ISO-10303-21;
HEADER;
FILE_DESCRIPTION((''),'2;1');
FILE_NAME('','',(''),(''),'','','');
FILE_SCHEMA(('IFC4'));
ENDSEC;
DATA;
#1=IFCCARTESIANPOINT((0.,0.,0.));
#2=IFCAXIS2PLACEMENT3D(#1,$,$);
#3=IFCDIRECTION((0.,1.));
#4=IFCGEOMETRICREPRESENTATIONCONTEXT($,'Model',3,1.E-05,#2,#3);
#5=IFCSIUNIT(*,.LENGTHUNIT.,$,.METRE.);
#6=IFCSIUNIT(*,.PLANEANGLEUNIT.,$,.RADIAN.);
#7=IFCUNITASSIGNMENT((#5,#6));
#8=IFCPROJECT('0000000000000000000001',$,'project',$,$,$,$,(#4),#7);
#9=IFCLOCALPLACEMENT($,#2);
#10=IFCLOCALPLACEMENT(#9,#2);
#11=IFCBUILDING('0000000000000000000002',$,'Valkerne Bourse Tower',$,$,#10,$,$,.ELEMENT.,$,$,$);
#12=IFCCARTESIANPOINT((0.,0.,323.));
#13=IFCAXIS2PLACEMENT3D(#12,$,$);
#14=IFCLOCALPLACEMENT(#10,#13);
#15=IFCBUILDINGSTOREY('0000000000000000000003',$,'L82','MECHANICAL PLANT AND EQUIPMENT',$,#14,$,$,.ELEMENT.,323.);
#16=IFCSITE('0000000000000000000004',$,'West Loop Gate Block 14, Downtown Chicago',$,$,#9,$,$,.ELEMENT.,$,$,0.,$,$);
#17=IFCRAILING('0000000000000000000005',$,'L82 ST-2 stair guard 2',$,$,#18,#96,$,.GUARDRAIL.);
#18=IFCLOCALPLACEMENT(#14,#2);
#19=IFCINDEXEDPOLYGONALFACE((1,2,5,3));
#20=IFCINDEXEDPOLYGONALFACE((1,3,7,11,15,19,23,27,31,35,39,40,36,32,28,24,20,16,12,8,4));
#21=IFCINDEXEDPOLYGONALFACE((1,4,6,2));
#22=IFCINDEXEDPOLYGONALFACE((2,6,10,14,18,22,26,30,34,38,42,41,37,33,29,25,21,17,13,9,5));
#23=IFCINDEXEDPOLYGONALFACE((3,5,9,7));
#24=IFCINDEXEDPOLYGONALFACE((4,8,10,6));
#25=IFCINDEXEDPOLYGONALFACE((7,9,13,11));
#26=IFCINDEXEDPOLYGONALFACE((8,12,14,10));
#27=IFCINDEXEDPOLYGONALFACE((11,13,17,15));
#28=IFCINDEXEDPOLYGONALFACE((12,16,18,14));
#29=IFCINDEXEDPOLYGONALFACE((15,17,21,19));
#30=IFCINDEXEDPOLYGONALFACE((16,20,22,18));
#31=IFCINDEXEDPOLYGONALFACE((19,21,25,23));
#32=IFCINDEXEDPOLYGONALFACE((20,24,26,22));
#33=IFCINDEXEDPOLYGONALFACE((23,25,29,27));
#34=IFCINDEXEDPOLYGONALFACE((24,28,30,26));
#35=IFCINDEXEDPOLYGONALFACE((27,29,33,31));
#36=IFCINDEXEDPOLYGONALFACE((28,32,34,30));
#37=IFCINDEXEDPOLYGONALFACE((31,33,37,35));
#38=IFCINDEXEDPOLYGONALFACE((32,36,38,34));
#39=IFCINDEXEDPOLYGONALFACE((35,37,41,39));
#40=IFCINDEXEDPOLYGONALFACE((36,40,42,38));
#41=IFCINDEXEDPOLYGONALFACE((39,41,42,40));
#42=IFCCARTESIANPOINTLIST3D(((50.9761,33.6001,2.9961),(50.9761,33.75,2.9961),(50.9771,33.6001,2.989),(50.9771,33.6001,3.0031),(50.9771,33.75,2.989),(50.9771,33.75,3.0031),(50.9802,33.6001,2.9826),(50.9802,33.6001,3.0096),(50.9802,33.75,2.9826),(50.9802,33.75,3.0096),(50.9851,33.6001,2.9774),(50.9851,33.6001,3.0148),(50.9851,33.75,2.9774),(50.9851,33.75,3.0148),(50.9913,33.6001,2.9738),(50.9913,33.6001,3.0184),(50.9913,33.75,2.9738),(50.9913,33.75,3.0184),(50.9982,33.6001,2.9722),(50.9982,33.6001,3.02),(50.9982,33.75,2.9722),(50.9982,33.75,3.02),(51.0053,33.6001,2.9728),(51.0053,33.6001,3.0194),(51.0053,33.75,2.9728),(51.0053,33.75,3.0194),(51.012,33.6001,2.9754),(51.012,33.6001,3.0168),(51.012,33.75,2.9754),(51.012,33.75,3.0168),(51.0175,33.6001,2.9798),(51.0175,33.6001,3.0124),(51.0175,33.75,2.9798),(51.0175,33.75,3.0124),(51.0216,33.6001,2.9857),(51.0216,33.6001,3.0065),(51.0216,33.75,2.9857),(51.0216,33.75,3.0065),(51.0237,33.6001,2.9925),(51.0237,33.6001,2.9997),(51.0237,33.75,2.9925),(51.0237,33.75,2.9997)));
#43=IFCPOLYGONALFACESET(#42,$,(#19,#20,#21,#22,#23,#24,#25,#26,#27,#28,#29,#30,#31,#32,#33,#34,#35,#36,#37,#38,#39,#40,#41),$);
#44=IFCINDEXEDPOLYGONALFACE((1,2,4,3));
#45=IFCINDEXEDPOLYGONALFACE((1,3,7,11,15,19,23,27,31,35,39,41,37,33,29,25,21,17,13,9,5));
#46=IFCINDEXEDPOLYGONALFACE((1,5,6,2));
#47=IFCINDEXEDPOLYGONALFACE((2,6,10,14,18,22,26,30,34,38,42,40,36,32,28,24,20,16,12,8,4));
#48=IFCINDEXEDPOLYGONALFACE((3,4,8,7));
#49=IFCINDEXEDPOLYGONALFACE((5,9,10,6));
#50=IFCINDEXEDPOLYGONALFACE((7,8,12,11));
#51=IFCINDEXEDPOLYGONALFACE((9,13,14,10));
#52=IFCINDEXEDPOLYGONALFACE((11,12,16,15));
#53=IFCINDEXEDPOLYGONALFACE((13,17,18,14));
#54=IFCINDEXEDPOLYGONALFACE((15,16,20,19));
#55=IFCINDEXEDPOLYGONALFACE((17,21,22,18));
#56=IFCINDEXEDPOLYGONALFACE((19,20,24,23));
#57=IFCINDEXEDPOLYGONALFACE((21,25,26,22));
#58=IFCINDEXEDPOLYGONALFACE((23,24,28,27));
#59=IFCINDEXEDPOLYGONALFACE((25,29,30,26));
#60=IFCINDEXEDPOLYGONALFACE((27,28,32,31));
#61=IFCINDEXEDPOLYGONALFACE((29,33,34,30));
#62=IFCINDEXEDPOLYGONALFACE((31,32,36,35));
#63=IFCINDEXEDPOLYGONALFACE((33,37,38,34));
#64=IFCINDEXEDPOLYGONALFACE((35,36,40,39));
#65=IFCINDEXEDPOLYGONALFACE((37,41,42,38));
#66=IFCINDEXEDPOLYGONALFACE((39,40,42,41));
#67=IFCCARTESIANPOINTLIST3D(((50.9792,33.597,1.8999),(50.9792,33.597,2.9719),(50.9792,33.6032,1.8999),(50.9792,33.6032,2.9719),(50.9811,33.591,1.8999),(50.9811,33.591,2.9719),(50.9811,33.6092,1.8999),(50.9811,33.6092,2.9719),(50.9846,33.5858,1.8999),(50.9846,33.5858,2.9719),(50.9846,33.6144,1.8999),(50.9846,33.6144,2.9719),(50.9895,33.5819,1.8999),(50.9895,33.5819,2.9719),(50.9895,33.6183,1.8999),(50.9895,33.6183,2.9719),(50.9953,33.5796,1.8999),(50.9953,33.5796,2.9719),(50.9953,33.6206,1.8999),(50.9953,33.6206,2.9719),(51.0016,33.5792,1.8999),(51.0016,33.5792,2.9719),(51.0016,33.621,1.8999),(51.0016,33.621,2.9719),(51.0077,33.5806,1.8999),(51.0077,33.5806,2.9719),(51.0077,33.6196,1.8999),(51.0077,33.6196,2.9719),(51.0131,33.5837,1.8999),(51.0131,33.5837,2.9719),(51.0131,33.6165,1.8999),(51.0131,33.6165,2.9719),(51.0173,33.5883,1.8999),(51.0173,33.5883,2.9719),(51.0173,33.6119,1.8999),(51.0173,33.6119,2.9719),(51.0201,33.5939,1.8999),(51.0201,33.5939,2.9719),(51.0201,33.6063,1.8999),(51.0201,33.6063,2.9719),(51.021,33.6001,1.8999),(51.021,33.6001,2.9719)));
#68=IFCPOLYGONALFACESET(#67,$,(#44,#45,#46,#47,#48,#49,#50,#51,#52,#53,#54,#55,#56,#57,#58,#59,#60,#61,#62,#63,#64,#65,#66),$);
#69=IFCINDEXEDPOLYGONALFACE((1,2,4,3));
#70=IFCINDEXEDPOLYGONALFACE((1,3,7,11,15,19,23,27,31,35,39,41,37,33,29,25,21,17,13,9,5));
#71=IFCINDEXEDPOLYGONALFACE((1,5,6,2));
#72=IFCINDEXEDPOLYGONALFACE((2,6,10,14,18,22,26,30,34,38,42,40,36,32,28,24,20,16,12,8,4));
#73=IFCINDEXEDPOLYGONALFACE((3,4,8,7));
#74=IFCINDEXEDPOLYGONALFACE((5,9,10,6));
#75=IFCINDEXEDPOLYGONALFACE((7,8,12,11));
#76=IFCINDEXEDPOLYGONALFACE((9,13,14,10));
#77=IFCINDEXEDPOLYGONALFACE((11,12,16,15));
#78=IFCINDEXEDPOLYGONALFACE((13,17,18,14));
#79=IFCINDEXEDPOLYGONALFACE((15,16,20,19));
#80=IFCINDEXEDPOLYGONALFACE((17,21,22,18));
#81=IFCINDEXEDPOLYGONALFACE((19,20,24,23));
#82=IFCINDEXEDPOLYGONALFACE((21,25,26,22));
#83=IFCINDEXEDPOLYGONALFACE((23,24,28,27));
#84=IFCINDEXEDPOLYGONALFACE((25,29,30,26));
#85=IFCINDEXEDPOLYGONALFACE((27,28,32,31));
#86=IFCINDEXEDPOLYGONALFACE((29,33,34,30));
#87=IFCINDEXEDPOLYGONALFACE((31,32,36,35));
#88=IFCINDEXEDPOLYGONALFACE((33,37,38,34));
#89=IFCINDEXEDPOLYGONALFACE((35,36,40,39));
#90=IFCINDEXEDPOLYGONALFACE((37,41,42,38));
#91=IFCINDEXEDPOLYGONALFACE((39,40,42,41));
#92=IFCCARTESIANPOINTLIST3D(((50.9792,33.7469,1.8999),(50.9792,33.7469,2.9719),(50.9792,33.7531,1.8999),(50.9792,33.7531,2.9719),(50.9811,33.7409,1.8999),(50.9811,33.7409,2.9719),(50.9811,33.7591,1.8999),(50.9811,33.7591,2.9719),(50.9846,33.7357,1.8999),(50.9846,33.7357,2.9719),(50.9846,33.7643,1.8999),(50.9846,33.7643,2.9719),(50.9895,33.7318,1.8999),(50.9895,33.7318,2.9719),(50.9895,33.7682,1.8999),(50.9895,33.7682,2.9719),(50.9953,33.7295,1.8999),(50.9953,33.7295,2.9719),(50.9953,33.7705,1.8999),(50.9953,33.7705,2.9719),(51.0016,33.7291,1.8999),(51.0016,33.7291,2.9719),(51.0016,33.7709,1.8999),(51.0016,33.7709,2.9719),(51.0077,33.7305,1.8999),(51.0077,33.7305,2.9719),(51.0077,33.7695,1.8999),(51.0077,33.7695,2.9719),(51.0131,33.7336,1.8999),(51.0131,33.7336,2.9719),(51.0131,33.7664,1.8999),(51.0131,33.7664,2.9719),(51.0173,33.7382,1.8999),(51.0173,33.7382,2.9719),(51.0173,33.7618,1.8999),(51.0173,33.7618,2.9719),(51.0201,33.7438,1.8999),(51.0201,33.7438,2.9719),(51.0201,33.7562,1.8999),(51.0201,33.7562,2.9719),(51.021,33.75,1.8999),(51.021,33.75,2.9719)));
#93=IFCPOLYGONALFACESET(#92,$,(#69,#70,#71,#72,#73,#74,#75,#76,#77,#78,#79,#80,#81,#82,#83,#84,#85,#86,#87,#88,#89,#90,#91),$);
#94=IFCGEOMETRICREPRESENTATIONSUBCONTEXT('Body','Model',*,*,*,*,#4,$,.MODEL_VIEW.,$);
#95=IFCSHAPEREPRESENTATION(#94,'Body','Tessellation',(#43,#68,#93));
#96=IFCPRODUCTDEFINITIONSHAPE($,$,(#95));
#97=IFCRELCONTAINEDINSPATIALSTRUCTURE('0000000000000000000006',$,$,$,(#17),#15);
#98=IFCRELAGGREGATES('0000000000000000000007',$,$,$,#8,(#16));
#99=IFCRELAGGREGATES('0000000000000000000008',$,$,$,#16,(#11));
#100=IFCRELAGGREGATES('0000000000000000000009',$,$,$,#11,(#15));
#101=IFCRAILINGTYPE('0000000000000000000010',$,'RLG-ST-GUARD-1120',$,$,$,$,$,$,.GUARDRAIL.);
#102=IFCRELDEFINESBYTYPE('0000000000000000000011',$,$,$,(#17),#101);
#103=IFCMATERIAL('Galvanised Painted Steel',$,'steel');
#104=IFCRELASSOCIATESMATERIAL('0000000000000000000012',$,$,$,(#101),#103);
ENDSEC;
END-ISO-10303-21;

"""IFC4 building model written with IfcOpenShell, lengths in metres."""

from ifc_helpers import new_model, si_unit, direction, frame, origin, origin_2d, place, context, subcontext, project, spatial, circle, extrude, material, type_object, element, save


model = new_model("IFC4")

# Units and contexts
model_context = context("Model", 3, precision=1e-05, world=origin(), true_north=direction((0.0, 1.0)))
body_context = subcontext(model_context, "Body", "Model", "MODEL_VIEW")
ifc_project = project(units=[si_unit("LENGTHUNIT", "METRE"), si_unit("PLANEANGLEUNIT", "RADIAN")], contexts=[model_context])

# Site, building, storey
site_placement = place(None, origin())
site = spatial("IfcSite", under=ifc_project, at=site_placement, Name="West Loop Gate Block 14, Downtown Chicago", CompositionType="ELEMENT", RefElevation=0.0)
building_placement = place(site_placement, origin())
building = spatial("IfcBuilding", under=site, at=building_placement, Name="Valkerne Bourse Tower", CompositionType="ELEMENT")
storey_placement = place(building_placement, frame((0.0, 0.0, 323.0)))
storey = spatial("IfcBuildingStorey", under=building, at=storey_placement, Name="L82", Description="MECHANICAL PLANT AND EQUIPMENT", CompositionType="ELEMENT", Elevation=323.0)

# Railing
ifc_material_1 = material(Name="Galvanised Painted Steel", Category="steel")
railing_type_1 = type_object("IfcRailingType", Name="RLG-ST-GUARD-1120", PredefinedType="GUARDRAIL", material=ifc_material_1)
railing_1_placement = place(storey_placement, frame((51.0, 33.6001, 1.8999)))
element("IfcRailing", 1, at=railing_1_placement, inside=storey, type_object=railing_type_1, Name="L82 ST-2 stair guard 2", PredefinedType="GUARDRAIL", context=body_context, shape_type="SweptSolid", body=[
    extrude(circle(Radius=0.0239, at=origin_2d()), frame((0.0, 0.0, 1.0962), z_axis=(0.0, 1.0, 0.0), x_axis=(-1.0, 0.0, 0.0)), (0.0, 0.0, 1.0), 0.1499),
    extrude(circle(Radius=0.021, at=origin_2d()), origin(), (0.0, 0.0, 1.0), 1.072),
    extrude(circle(Radius=0.021, at=origin_2d()), frame((0.0, 0.1499, 0.0)), (0.0, 0.0, 1.0), 1.072),
])

save(model, "model.ifc")
